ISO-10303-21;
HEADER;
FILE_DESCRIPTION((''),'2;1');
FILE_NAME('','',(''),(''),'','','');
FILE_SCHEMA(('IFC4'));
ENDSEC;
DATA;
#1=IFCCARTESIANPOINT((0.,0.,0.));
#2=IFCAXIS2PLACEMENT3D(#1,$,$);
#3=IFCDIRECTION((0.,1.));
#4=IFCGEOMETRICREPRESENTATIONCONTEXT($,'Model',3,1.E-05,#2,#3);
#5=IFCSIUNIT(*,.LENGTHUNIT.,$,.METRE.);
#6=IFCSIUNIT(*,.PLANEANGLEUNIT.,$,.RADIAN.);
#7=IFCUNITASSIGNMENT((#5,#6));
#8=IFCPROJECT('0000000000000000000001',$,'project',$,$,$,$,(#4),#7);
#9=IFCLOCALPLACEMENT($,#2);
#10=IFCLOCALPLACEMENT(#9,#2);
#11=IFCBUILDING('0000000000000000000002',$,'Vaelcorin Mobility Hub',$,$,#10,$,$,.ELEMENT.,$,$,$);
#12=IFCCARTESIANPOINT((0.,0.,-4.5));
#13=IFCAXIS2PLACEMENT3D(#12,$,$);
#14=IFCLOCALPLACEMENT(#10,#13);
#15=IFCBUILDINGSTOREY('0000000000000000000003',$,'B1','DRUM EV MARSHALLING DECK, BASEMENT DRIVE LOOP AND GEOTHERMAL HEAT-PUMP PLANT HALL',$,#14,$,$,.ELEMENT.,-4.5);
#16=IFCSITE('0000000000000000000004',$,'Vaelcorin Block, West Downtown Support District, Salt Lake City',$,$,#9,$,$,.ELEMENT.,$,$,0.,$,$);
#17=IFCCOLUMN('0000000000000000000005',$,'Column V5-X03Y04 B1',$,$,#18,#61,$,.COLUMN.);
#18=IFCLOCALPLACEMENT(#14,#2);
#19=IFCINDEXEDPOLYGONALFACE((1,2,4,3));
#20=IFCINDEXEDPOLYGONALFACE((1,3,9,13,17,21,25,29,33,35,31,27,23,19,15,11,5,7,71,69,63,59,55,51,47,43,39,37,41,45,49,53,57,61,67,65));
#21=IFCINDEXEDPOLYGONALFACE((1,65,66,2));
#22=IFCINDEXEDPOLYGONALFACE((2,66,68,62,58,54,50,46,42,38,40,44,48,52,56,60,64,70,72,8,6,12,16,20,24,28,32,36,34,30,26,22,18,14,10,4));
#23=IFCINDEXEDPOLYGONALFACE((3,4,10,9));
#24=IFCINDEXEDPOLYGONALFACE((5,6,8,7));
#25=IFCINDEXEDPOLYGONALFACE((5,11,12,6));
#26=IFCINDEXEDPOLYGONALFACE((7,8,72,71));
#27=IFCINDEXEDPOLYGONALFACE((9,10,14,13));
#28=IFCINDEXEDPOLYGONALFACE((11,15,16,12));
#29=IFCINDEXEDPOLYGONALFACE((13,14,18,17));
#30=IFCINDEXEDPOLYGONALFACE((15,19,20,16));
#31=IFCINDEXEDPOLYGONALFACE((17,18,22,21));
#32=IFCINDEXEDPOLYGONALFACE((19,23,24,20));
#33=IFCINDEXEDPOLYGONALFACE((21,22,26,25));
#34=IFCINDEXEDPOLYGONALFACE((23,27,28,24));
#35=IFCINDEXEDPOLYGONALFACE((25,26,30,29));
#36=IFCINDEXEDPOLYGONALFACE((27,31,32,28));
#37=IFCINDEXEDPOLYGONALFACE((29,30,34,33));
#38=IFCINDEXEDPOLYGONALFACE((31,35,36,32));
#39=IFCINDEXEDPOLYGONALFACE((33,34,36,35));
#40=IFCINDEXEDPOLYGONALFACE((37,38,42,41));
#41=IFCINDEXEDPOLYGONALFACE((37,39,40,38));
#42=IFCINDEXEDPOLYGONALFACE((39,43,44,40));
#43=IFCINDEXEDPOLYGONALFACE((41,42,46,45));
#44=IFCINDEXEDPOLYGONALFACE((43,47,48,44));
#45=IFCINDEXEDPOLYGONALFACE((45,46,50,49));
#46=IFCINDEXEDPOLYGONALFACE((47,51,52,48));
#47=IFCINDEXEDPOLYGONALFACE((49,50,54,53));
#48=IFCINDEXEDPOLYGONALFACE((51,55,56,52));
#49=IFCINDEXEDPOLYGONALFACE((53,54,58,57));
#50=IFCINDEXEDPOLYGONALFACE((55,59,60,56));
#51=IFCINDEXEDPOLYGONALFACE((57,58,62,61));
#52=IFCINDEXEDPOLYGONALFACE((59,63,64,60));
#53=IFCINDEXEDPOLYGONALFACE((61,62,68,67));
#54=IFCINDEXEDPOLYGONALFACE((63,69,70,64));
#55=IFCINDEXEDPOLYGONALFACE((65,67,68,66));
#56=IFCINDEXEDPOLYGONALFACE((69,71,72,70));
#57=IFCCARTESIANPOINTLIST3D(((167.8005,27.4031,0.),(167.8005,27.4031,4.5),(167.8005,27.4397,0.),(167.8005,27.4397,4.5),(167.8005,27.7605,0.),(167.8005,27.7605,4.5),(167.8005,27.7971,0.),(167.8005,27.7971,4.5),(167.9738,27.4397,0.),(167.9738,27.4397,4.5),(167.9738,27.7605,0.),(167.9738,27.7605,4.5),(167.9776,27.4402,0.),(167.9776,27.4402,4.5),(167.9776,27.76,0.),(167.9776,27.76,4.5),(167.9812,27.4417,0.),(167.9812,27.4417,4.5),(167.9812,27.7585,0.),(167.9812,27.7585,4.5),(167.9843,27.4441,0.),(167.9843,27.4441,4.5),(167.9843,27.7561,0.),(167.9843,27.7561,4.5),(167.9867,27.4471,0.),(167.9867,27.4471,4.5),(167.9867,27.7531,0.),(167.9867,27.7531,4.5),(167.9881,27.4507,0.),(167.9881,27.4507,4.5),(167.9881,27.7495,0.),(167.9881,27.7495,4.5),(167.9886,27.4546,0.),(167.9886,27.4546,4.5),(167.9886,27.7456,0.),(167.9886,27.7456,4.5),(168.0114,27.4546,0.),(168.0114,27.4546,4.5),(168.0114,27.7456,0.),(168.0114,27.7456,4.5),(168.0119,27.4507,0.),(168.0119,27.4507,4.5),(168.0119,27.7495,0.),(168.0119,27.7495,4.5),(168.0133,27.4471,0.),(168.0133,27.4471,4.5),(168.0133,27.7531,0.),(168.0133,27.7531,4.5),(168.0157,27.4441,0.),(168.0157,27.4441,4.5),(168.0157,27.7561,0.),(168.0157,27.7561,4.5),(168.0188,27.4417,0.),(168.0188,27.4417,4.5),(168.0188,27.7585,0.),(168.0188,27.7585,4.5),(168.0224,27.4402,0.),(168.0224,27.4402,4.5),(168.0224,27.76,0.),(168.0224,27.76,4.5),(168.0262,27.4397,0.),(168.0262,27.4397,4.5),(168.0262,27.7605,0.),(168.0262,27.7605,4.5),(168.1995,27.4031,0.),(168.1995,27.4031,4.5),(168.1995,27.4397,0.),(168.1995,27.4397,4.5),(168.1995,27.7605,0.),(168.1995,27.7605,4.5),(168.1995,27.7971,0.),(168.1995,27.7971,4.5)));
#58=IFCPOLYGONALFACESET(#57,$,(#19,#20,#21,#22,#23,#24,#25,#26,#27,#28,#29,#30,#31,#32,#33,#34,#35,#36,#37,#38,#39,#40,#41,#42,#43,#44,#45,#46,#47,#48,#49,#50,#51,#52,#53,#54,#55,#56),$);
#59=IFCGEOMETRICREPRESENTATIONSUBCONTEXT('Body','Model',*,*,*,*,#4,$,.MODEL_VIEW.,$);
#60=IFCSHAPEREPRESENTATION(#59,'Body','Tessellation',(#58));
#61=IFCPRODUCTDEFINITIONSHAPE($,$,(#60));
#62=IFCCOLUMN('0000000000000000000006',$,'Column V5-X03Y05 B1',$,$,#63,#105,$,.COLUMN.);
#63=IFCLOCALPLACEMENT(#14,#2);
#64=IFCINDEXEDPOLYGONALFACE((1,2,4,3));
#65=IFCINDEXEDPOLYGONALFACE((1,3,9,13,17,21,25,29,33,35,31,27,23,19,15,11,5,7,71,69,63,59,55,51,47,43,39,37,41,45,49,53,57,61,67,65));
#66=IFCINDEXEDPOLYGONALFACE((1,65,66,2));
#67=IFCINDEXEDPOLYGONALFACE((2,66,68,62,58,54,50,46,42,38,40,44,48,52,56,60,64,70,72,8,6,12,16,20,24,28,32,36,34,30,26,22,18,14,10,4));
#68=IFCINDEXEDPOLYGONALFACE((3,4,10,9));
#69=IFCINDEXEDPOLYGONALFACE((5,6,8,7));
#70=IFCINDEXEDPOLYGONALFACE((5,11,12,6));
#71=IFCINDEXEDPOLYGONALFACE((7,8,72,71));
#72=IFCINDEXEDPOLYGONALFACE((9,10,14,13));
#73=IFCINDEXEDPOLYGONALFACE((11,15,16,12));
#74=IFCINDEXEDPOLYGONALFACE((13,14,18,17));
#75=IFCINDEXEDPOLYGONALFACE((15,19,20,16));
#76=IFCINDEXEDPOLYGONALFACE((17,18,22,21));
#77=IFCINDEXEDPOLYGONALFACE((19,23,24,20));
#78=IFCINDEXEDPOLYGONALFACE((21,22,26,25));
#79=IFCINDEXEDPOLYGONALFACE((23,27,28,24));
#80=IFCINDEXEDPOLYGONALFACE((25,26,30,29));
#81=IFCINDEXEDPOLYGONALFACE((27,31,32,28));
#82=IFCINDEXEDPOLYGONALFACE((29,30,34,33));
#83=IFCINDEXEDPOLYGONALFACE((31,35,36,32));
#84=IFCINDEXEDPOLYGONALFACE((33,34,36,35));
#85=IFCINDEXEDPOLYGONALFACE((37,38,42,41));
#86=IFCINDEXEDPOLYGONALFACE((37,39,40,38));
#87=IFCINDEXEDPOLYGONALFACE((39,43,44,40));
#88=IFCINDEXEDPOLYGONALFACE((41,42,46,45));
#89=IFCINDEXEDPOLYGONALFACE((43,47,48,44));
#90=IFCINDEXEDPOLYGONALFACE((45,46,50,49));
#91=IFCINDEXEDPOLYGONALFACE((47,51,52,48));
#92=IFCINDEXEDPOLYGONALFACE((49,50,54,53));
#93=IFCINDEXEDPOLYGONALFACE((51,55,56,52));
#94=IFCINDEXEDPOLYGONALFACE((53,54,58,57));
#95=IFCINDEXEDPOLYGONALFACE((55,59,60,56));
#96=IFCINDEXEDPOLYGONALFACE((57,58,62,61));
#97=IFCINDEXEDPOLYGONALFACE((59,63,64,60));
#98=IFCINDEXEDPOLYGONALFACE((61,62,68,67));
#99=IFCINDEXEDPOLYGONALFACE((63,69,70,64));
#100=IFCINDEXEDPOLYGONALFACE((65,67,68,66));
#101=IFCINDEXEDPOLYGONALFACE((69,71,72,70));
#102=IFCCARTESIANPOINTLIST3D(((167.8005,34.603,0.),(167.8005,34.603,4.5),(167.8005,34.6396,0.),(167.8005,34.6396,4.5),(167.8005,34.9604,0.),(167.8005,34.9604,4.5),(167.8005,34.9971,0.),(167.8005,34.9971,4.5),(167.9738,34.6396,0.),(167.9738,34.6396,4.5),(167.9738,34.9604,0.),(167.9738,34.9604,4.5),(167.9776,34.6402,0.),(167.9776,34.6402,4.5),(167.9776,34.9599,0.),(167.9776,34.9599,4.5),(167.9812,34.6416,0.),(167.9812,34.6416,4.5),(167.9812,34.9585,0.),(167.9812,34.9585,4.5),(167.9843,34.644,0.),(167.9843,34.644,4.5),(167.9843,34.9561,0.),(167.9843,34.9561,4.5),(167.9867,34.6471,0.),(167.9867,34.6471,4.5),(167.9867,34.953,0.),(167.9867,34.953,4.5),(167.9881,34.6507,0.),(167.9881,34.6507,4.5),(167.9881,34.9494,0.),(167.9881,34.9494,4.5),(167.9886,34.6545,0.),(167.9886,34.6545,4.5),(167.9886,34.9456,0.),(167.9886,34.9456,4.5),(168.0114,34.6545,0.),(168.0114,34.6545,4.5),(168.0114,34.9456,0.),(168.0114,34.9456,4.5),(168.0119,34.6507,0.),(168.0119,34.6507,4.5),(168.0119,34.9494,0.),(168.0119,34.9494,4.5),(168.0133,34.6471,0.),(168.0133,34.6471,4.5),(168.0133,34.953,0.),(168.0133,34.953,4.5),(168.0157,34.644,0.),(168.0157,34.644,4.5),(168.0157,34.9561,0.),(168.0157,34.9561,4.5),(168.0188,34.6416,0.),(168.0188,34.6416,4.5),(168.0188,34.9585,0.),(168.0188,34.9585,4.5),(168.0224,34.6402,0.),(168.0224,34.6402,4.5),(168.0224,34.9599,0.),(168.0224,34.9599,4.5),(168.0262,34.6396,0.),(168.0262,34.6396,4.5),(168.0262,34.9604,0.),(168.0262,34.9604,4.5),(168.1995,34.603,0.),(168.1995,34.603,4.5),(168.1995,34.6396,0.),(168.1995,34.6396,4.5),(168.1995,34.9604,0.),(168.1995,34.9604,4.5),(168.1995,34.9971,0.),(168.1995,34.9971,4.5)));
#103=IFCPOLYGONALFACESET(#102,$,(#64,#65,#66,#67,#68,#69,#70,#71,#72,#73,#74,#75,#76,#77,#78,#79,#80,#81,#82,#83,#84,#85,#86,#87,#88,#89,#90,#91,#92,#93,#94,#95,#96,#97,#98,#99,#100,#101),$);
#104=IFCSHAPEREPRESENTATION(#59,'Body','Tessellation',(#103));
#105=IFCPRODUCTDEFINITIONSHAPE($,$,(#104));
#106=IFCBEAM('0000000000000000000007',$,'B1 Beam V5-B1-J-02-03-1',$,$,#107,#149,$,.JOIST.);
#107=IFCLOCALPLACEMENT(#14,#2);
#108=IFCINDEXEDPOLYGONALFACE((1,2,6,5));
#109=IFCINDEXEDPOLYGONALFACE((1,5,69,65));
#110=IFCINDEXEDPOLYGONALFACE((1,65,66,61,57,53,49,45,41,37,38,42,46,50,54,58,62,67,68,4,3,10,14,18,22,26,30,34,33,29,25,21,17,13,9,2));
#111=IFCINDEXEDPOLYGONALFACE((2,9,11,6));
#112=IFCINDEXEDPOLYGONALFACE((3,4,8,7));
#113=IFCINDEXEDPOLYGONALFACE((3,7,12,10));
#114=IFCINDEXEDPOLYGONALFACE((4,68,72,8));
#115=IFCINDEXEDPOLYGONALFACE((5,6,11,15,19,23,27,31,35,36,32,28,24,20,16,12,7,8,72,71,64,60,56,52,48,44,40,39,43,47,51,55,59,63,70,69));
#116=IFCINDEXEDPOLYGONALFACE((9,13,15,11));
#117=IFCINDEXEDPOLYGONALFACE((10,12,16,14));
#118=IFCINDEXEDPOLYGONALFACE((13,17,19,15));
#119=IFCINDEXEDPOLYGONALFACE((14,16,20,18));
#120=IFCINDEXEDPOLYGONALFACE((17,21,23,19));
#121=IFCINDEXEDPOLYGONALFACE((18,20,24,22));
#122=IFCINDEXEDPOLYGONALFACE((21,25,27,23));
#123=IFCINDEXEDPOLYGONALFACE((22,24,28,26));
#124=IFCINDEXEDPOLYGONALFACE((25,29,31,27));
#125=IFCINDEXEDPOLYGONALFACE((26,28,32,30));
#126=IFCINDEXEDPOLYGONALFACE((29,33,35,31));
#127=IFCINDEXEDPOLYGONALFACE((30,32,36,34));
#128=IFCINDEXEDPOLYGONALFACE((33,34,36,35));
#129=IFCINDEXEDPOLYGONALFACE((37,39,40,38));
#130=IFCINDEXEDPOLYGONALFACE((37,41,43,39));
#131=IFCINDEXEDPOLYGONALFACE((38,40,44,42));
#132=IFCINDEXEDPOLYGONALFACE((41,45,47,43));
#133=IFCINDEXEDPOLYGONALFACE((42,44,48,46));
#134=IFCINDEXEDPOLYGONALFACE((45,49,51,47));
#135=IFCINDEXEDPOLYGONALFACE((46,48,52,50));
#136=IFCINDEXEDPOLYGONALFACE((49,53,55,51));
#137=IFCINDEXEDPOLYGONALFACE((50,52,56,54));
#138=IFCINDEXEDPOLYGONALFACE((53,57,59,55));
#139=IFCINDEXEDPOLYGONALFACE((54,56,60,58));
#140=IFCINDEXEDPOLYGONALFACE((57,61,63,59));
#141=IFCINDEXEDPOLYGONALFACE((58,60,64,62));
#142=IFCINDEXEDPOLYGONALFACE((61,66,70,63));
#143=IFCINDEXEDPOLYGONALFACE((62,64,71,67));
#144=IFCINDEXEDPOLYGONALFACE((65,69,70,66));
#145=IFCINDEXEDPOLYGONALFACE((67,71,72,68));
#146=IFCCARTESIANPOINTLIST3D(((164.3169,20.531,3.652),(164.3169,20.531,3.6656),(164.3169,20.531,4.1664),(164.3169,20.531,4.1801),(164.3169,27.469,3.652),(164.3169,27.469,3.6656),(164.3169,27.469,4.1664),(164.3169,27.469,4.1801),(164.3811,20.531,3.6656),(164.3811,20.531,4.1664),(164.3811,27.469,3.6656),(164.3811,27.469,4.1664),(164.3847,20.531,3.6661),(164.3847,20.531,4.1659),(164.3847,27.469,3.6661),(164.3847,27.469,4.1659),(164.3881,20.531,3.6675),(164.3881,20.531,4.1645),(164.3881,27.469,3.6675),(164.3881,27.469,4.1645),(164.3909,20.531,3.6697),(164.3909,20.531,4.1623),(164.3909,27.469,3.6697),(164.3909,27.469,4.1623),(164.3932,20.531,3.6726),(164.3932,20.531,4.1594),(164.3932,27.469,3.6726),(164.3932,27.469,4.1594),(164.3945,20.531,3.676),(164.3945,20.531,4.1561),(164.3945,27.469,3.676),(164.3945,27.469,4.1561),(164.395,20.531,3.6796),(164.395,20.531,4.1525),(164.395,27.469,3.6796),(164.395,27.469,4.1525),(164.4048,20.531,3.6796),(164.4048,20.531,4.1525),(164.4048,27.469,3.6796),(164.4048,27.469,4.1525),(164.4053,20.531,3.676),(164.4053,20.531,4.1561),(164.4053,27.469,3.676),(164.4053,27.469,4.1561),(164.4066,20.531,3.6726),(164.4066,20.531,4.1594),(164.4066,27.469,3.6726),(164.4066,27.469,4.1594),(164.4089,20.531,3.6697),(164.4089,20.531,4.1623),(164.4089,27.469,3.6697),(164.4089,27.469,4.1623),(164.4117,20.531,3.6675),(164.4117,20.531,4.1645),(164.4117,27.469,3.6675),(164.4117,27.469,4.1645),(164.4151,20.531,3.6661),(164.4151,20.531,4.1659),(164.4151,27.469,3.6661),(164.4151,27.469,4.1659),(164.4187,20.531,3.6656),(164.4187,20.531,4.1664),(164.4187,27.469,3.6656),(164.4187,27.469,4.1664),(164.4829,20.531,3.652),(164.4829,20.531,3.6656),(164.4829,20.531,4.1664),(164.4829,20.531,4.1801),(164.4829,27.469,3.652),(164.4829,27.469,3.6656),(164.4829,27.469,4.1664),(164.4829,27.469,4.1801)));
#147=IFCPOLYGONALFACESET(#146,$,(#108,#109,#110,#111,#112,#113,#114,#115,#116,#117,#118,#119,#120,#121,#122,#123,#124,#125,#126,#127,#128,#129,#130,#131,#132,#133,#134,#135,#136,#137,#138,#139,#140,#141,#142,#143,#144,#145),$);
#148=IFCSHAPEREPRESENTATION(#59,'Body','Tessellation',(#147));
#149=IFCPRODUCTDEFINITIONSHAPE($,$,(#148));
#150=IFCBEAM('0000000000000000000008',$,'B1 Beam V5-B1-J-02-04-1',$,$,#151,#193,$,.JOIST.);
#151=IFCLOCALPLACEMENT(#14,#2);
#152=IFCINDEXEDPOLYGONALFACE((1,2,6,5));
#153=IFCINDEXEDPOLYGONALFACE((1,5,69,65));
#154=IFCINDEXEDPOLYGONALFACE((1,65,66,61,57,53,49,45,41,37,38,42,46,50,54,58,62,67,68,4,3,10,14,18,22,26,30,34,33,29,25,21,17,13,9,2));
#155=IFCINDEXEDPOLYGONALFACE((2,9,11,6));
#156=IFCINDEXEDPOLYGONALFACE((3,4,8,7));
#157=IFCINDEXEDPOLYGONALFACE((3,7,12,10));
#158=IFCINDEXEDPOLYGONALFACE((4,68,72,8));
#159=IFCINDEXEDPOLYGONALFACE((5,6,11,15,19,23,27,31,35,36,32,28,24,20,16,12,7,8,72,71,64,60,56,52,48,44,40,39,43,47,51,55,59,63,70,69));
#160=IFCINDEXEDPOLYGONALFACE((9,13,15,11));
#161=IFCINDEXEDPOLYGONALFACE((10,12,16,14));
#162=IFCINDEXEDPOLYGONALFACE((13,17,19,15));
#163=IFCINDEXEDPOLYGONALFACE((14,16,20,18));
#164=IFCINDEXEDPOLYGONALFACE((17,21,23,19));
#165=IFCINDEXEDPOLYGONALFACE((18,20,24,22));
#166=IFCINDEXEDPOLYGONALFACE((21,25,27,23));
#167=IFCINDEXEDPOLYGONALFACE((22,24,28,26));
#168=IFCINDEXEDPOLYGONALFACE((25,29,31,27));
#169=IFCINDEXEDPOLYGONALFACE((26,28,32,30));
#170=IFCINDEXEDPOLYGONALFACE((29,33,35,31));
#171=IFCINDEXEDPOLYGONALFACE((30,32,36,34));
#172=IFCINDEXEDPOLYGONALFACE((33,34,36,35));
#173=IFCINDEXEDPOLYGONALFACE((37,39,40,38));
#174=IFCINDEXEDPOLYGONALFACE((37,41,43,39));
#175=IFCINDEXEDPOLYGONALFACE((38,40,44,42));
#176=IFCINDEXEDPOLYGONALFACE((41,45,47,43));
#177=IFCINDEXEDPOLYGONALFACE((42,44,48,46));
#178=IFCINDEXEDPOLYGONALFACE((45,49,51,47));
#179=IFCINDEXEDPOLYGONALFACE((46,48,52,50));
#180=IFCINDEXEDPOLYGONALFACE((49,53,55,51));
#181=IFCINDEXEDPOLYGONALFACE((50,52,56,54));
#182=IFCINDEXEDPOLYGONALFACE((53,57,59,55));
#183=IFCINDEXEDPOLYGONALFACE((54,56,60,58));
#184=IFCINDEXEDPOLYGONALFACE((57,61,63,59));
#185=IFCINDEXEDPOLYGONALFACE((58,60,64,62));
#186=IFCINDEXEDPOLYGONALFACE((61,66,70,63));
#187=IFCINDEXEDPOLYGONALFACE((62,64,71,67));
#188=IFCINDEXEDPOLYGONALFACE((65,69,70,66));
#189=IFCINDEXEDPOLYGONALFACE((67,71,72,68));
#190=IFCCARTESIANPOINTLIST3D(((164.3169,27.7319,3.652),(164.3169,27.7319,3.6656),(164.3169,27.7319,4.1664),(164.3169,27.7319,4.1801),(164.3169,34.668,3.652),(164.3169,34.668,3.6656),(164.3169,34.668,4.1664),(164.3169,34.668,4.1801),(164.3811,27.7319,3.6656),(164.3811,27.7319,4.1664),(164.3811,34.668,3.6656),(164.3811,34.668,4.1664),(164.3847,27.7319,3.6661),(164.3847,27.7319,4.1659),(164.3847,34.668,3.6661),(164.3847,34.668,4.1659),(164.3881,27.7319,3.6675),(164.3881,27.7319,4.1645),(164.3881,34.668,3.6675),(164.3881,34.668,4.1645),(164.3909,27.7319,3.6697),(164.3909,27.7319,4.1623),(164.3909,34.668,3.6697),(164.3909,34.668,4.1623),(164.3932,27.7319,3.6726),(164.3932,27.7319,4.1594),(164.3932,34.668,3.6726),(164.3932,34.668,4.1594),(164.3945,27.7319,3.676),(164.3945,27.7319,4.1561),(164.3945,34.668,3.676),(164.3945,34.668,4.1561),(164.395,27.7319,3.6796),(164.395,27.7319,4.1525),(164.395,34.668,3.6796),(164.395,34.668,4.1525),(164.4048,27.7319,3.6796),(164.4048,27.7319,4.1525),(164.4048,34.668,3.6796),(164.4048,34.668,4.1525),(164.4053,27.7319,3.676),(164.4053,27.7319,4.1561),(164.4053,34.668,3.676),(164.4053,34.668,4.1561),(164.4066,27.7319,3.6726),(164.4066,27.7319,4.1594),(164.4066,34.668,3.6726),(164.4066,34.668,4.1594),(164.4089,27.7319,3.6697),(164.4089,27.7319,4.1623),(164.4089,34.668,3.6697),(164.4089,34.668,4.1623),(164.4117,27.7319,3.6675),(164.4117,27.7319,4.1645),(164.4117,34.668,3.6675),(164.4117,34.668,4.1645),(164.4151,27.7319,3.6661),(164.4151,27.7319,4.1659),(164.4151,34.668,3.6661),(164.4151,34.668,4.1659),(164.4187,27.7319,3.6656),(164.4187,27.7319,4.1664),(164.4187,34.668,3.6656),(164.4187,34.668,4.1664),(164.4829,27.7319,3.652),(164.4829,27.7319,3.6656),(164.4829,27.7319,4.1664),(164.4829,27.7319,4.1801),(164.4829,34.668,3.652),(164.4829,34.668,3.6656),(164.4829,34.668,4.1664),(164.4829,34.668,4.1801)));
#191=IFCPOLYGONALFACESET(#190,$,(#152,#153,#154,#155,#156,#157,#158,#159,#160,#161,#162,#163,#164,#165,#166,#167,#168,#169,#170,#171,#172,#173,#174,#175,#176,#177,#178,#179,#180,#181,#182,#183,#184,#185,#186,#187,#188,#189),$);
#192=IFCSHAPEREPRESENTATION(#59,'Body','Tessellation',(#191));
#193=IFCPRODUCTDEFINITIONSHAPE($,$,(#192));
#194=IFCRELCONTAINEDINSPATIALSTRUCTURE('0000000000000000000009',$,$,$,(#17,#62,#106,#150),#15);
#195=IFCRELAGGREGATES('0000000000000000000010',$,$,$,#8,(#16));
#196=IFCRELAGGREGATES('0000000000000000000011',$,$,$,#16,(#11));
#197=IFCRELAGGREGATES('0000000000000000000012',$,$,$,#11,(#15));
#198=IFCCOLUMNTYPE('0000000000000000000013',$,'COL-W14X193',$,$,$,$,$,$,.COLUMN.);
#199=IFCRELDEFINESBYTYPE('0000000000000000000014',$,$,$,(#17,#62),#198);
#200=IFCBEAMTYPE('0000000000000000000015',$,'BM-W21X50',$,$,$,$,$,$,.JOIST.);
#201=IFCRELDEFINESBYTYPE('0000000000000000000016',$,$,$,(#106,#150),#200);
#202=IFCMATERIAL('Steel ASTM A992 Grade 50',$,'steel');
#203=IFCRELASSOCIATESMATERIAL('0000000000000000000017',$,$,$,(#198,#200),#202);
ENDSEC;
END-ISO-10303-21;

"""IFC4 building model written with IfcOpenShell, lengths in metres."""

from ifc_helpers import new_model, si_unit, direction, frame, origin, origin_2d, place, context, subcontext, project, spatial, i_section, extrude, material, material_profile, profile_set, type_object, element, save


model = new_model("IFC4")

# Units and contexts
model_context = context("Model", 3, precision=1e-05, world=origin(), true_north=direction((0.0, 1.0)))
body_context = subcontext(model_context, "Body", "Model", "MODEL_VIEW")
ifc_project = project(units=[si_unit("LENGTHUNIT", "METRE"), si_unit("PLANEANGLEUNIT", "RADIAN")], contexts=[model_context])

# Site, building, storey
site_placement = place(None, origin())
site = spatial("IfcSite", under=ifc_project, at=site_placement, Name="Vaelcorin Block, West Downtown Support District, Salt Lake City", CompositionType="ELEMENT", RefElevation=0.0)
building_placement = place(site_placement, origin())
building = spatial("IfcBuilding", under=site, at=building_placement, Name="Vaelcorin Mobility Hub", CompositionType="ELEMENT")
storey_placement = place(building_placement, frame((0.0, 0.0, -4.5)))
storey = spatial("IfcBuildingStorey", under=building, at=storey_placement, Name="B1", Description="DRUM EV MARSHALLING DECK, BASEMENT DRIVE LOOP AND GEOTHERMAL HEAT-PUMP PLANT HALL", CompositionType="ELEMENT", Elevation=-4.5)

# Columns
ifc_material_1 = material(Name="Steel ASTM A992 Grade 50", Category="steel")
ifc_material_profile_1 = material_profile(ifc_material_1, i_section(OverallWidth=0.3989, OverallDepth=0.394, WebThickness=0.0227, FlangeThickness=0.0366, FilletRadius=0.0149, at=origin_2d()), Name="W14X193")
ifc_profile_set_1 = profile_set([ifc_material_profile_1], Name="Steel ASTM A992 Grade 50")
column_type = type_object("IfcColumnType", Name="COL-W14X193", PredefinedType="COLUMN", material=ifc_profile_set_1)
for number, where, z_axis, x_axis, name in (
    (1, (168.0, 27.6001, 0.0), (0.0, 0.0, 1.0), (1.0, 0.0, 0.0), "Column V5-X03Y04 B1"),
    (2, (168.0, 34.8, 0.0), (0.0, 0.0, 1.0), (1.0, 0.0, 0.0), "Column V5-X03Y05 B1"),
):
    element("IfcColumn", number, at=place(storey_placement, frame(where, z_axis=z_axis, x_axis=x_axis)), inside=storey, type_object=column_type, Name=name, PredefinedType="COLUMN", context=body_context, shape_type="SweptSolid", body=[
        extrude(i_section(OverallWidth=0.3989, OverallDepth=0.394, WebThickness=0.0227, FlangeThickness=0.0366, FilletRadius=0.0149, at=origin_2d()), origin(), (0.0, 0.0, 1.0), 4.5),
    ])

# Beams
ifc_material_profile_2 = material_profile(ifc_material_1, i_section(OverallWidth=0.166, OverallDepth=0.5281, WebThickness=0.0098, FlangeThickness=0.0137, FilletRadius=0.0139, at=origin_2d()), Name="W21X50")
ifc_profile_set_2 = profile_set([ifc_material_profile_2], Name="Steel ASTM A992 Grade 50")
beam_type_1 = type_object("IfcBeamType", Name="BM-W21X50", PredefinedType="JOIST", material=ifc_profile_set_2)
beam_1_placement = place(storey_placement, frame((164.3999, 20.531, 3.916), z_axis=(0.0, 1.0, 0.0), x_axis=(-1.0, 0.0, 0.0)))
element("IfcBeam", 3, at=beam_1_placement, inside=storey, type_object=beam_type_1, Name="B1 Beam V5-B1-J-02-03-1", PredefinedType="JOIST", context=body_context, shape_type="SweptSolid", body=[
    extrude(i_section(OverallWidth=0.166, OverallDepth=0.5281, WebThickness=0.0098, FlangeThickness=0.0137, FilletRadius=0.0139, at=origin_2d()), origin(), (0.0, 0.0, 1.0), 6.938),
])
for number, where, z_axis, x_axis, name in (
    (4, (164.3999, 27.7319, 3.916), (0.0, 1.0, 0.0), (-1.0, 0.0, 0.0), "B1 Beam V5-B1-J-02-04-1"),
):
    element("IfcBeam", number, at=place(storey_placement, frame(where, z_axis=z_axis, x_axis=x_axis)), inside=storey, type_object=beam_type_1, Name=name, PredefinedType="JOIST", context=body_context, shape_type="SweptSolid", body=[
        extrude(i_section(OverallWidth=0.166, OverallDepth=0.5281, WebThickness=0.0098, FlangeThickness=0.0137, FilletRadius=0.0139, at=origin_2d()), origin(), (0.0, 0.0, 1.0), 6.936),
    ])

save(model, "model.ifc")
